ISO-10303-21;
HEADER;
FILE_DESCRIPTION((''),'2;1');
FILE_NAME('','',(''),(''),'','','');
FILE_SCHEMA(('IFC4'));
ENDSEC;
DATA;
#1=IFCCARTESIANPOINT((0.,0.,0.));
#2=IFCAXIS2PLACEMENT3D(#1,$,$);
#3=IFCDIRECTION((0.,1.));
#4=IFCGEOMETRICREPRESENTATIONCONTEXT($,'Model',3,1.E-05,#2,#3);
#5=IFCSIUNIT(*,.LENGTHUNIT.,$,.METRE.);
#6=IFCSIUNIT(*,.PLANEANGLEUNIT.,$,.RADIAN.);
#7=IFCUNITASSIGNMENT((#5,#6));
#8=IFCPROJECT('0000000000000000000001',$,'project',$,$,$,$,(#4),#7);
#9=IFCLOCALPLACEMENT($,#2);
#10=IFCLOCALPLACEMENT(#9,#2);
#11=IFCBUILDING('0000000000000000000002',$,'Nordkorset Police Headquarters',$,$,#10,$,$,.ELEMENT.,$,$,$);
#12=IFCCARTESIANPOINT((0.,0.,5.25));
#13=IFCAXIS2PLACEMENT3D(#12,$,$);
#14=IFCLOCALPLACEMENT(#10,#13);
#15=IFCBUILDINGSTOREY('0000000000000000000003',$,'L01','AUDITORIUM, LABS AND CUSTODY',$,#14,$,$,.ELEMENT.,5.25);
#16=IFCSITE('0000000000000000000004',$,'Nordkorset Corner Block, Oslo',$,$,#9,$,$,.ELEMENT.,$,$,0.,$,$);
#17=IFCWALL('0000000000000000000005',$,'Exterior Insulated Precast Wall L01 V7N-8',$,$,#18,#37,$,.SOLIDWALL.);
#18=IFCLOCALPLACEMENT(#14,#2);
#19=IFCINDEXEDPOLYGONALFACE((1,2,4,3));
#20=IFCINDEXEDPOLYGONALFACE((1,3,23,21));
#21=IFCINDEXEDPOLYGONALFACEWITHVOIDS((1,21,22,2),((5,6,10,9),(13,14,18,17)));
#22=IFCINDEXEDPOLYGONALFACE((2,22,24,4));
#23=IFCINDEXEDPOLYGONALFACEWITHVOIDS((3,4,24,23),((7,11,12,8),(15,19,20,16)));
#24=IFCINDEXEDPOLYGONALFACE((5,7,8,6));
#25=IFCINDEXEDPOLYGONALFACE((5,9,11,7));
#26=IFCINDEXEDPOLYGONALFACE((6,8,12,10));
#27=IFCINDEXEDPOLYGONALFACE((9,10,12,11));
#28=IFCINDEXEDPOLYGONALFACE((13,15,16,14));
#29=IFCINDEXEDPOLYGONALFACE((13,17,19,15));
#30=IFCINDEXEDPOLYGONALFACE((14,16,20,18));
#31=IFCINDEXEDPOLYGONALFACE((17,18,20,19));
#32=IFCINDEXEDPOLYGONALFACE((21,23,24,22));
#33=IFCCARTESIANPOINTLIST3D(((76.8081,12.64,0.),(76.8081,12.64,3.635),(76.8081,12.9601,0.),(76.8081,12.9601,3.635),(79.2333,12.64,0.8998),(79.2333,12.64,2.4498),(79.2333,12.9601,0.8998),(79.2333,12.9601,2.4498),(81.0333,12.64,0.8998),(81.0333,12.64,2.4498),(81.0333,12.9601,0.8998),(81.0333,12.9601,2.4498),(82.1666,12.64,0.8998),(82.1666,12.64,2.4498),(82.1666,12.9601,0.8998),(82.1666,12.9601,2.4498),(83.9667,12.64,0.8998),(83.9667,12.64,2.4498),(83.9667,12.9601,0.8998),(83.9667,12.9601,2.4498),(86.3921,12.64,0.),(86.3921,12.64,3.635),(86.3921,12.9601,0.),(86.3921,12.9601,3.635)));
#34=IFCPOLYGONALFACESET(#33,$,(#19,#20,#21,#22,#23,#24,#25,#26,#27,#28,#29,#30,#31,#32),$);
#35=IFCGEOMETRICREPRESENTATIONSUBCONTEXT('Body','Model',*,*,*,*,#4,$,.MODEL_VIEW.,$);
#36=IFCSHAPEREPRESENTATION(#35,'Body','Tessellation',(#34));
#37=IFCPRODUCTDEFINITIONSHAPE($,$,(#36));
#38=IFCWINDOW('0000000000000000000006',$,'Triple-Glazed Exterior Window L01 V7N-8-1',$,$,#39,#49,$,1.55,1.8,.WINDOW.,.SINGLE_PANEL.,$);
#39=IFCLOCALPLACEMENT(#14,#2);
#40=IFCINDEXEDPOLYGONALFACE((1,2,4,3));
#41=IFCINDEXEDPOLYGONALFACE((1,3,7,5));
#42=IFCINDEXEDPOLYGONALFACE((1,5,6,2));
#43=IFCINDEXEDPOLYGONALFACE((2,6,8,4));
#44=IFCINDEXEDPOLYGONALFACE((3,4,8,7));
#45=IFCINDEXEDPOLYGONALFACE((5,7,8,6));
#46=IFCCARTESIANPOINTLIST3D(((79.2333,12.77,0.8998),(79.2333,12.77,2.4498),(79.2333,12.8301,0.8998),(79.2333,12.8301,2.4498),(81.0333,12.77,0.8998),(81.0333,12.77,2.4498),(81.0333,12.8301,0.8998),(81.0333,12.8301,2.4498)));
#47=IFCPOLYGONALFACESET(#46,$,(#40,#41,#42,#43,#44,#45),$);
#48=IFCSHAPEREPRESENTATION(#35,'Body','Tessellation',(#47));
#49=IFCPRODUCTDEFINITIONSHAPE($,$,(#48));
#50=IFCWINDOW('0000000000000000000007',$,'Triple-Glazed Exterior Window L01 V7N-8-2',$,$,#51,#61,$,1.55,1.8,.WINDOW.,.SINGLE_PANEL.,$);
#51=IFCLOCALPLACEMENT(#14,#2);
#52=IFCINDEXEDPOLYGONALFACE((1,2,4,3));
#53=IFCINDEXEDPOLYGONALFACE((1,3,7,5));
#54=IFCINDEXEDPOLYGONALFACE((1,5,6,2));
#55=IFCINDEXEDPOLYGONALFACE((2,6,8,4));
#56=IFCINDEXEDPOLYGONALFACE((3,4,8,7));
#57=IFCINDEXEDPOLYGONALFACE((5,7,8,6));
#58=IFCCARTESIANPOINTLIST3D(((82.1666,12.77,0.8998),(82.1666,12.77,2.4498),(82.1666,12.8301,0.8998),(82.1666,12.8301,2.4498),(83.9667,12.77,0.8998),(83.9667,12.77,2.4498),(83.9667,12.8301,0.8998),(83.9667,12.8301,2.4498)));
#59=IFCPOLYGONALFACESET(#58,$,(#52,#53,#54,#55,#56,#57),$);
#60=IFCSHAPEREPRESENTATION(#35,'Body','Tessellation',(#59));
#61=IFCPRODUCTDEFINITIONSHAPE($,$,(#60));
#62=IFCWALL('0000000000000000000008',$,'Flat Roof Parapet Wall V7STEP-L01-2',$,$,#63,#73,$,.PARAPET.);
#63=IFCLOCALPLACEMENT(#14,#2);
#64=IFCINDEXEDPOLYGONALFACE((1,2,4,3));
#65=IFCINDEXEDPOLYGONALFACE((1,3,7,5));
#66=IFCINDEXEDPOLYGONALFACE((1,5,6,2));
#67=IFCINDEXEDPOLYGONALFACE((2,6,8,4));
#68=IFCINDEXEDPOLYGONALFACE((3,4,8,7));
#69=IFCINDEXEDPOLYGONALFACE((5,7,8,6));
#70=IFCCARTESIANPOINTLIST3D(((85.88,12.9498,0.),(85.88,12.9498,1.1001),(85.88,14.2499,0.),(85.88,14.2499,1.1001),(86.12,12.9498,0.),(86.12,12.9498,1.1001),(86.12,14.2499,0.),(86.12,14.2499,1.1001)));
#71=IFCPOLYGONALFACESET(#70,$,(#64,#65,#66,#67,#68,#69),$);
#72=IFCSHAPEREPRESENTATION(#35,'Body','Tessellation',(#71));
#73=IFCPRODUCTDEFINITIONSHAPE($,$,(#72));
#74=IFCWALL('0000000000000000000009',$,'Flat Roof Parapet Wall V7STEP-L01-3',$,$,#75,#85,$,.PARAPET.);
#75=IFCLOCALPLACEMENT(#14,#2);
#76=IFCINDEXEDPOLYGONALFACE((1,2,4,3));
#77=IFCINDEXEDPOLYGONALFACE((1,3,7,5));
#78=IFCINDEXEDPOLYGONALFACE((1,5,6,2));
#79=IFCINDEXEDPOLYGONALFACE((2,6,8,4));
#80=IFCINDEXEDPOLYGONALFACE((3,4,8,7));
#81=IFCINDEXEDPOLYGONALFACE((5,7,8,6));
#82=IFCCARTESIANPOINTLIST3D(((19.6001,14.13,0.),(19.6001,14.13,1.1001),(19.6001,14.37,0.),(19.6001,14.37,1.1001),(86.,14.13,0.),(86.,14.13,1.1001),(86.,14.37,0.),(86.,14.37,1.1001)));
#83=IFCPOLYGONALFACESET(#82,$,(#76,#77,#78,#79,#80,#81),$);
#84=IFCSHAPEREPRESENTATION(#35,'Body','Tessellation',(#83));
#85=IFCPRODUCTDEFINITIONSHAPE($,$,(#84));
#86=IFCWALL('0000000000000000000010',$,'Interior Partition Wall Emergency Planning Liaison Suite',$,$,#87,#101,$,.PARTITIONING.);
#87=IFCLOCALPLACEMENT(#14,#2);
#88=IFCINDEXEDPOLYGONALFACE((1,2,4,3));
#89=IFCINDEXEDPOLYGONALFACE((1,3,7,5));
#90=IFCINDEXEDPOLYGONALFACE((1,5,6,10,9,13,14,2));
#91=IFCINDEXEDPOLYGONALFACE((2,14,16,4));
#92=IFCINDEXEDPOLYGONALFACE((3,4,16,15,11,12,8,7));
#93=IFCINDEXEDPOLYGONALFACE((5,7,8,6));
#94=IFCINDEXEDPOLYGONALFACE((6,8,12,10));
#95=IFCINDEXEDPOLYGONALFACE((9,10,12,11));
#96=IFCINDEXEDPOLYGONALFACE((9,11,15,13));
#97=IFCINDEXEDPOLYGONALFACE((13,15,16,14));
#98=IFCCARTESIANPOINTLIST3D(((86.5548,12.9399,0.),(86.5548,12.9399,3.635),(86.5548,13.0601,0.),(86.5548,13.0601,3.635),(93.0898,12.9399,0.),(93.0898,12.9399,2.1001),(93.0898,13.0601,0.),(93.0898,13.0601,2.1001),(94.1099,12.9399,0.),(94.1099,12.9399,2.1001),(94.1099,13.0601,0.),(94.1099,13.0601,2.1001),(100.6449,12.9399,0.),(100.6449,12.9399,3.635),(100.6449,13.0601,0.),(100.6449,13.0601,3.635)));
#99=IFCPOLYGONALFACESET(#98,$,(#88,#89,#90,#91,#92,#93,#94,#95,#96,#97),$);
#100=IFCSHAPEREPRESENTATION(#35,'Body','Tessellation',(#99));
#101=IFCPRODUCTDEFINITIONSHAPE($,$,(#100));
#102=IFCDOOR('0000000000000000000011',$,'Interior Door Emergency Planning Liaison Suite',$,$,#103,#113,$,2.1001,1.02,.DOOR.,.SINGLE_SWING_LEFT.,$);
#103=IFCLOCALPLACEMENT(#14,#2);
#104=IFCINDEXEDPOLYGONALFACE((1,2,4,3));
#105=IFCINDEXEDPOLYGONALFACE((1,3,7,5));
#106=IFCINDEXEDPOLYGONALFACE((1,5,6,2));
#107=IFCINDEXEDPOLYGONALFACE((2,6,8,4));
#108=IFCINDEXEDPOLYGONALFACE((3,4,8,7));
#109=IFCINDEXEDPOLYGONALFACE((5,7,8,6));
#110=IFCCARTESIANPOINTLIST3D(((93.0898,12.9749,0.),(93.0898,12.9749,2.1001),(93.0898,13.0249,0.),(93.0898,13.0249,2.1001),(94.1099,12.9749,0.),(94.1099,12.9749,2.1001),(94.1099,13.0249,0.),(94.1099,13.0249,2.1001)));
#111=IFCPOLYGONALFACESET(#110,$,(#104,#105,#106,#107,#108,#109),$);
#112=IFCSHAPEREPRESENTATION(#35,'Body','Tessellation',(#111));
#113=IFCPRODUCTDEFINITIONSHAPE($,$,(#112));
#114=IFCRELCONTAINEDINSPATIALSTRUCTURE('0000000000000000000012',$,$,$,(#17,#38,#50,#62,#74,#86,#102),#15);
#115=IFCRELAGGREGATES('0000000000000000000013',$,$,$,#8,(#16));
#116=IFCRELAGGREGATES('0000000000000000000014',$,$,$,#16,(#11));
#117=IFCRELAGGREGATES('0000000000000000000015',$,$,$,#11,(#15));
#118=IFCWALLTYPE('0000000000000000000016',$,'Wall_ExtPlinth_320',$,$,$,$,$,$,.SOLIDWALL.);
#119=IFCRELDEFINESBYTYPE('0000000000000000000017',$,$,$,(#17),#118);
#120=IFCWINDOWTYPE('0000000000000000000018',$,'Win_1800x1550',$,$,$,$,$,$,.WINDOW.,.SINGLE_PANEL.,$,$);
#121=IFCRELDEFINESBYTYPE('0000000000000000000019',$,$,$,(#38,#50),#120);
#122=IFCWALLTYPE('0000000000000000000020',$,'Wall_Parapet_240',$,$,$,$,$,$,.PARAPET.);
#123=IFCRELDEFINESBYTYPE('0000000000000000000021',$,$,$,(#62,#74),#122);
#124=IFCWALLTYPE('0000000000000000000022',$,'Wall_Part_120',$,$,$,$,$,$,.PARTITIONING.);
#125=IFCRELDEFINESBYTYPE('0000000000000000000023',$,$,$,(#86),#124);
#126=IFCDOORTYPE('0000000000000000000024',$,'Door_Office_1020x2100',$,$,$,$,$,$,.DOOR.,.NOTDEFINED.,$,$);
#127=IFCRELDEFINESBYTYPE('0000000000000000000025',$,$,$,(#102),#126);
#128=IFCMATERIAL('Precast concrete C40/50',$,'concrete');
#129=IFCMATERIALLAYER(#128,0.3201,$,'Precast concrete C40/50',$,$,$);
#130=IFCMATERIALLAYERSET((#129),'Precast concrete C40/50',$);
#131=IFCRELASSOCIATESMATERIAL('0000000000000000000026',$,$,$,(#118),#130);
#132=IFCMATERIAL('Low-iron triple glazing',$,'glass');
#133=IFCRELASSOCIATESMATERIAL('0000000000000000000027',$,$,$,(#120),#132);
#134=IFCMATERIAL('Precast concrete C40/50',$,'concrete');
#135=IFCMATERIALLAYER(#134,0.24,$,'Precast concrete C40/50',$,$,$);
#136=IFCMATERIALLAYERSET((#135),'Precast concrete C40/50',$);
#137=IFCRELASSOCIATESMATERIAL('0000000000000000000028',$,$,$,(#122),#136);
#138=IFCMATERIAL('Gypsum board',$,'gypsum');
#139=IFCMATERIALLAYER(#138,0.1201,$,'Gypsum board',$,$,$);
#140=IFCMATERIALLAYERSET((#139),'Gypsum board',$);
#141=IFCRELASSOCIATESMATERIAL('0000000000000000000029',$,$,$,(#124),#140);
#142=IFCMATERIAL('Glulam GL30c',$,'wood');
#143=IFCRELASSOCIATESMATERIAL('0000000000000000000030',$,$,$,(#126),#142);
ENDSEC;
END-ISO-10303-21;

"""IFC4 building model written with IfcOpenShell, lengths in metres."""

from ifc_helpers import new_model, si_unit, direction, frame, frame_2d, origin, place, context, subcontext, project, spatial, rectangle, extrude, material, layer, layer_set, type_object, element, fill, save


model = new_model("IFC4")

# Units and contexts
model_context = context("Model", 3, precision=1e-05, world=origin(), true_north=direction((0.0, 1.0)))
body_context = subcontext(model_context, "Body", "Model", "MODEL_VIEW")
ifc_project = project(units=[si_unit("LENGTHUNIT", "METRE"), si_unit("PLANEANGLEUNIT", "RADIAN")], contexts=[model_context])

# Site, building, storey
site_placement = place(None, origin())
site = spatial("IfcSite", under=ifc_project, at=site_placement, Name="Nordkorset Corner Block, Oslo", CompositionType="ELEMENT", RefElevation=0.0)
building_placement = place(site_placement, origin())
building = spatial("IfcBuilding", under=site, at=building_placement, Name="Nordkorset Police Headquarters", CompositionType="ELEMENT")
storey_placement = place(building_placement, frame((0.0, 0.0, 5.25)))
storey = spatial("IfcBuildingStorey", under=building, at=storey_placement, Name="L01", Description="AUDITORIUM, LABS AND CUSTODY", CompositionType="ELEMENT", Elevation=5.25)

# Shared definitions
ifc_material_1 = material(Name="Precast concrete C40/50", Category="concrete")
ifc_layer_1 = layer(ifc_material_1, 0.3201, Name="Precast concrete C40/50")
ifc_layer_set_1 = layer_set([ifc_layer_1], Name="Precast concrete C40/50")
wall_type_1 = type_object("IfcWallType", Name="Wall_ExtPlinth_320", PredefinedType="SOLIDWALL", material=ifc_layer_set_1)

# Wall, openings, windows
wall_1_placement = place(storey_placement, frame((76.8081, 12.8, 0.0), z_axis=(0.0, 0.0, 1.0), x_axis=(1.0, 0.0, 0.0)))
wall_1 = element("IfcWall", 1, at=wall_1_placement, inside=storey, type_object=wall_type_1, Name="Exterior Insulated Precast Wall L01 V7N-8", PredefinedType="SOLIDWALL", context=body_context, shape_type="SweptSolid", body=[
    extrude(rectangle(XDim=9.584, YDim=0.3201, at=frame_2d((4.792, 0.0))), origin(), (0.0, 0.0, 1.0), 3.635),
])
opening_1_placement = place(wall_1_placement, frame((2.4253, 0.0, 0.8999)))
opening_1 = element("IfcOpeningElement", 2, at=opening_1_placement, cuts=wall_1, PredefinedType="OPENING", context=body_context, shape_type="SweptSolid", body=[
    extrude(rectangle(XDim=1.8, YDim=1.55, at=frame_2d((0.8999, 0.7749))), frame((0.0, 0.1699, 0.0), z_axis=(0.0, -1.0, 0.0), x_axis=(1.0, 0.0, 0.0)), (0.0, 0.0, 1.0), 0.3401),
])
opening_2_placement = place(wall_1_placement, frame((5.3586, 0.0, 0.8999)))
opening_2 = element("IfcOpeningElement", 3, at=opening_2_placement, cuts=wall_1, PredefinedType="OPENING", context=body_context, shape_type="SweptSolid", body=[
    extrude(rectangle(XDim=1.8, YDim=1.55, at=frame_2d((0.8999, 0.7749))), frame((0.0, 0.1699, 0.0), z_axis=(0.0, -1.0, 0.0), x_axis=(1.0, 0.0, 0.0)), (0.0, 0.0, 1.0), 0.3401),
])
ifc_material_2 = material(Name="Low-iron triple glazing", Category="glass")
window_type_1 = type_object("IfcWindowType", Name="Win_1800x1550", PartitioningType="SINGLE_PANEL", PredefinedType="WINDOW", material=ifc_material_2)
window_1_placement = place(opening_1_placement, origin())
window_1 = element("IfcWindow", 4, at=window_1_placement, inside=storey, type_object=window_type_1, Name="Triple-Glazed Exterior Window L01 V7N-8-1", OverallHeight=1.55, OverallWidth=1.8, PartitioningType="SINGLE_PANEL", PredefinedType="WINDOW", context=body_context, shape_type="SweptSolid", body=[
    extrude(rectangle(XDim=1.8, YDim=1.55, at=frame_2d((0.8999, 0.7749))), frame((0.0, 0.03, 0.0), z_axis=(0.0, -1.0, 0.0), x_axis=(1.0, 0.0, 0.0)), (0.0, 0.0, 1.0), 0.0601),
])
fill(opening_1, window_1)
window_2_placement = place(opening_2_placement, origin())
window_2 = element("IfcWindow", 5, at=window_2_placement, inside=storey, type_object=window_type_1, Name="Triple-Glazed Exterior Window L01 V7N-8-2", OverallHeight=1.55, OverallWidth=1.8, PartitioningType="SINGLE_PANEL", PredefinedType="WINDOW", context=body_context, shape_type="SweptSolid", body=[
    extrude(rectangle(XDim=1.8, YDim=1.55, at=frame_2d((0.8999, 0.7749))), frame((0.0, 0.03, 0.0), z_axis=(0.0, -1.0, 0.0), x_axis=(1.0, 0.0, 0.0)), (0.0, 0.0, 1.0), 0.0601),
])
fill(opening_2, window_2)

# Walls
ifc_material_3 = material(Name="Precast concrete C40/50", Category="concrete")
ifc_layer_2 = layer(ifc_material_3, 0.24, Name="Precast concrete C40/50")
ifc_layer_set_2 = layer_set([ifc_layer_2], Name="Precast concrete C40/50")
wall_type_2 = type_object("IfcWallType", Name="Wall_Parapet_240", PredefinedType="PARAPET", material=ifc_layer_set_2)
wall_2_placement = place(storey_placement, frame((86.0, 12.95, 0.0), z_axis=(0.0, 0.0, 1.0), x_axis=(0.0, 1.0, 0.0)))
element("IfcWall", 6, at=wall_2_placement, inside=storey, type_object=wall_type_2, Name="Flat Roof Parapet Wall V7STEP-L01-2", PredefinedType="PARAPET", context=body_context, shape_type="SweptSolid", body=[
    extrude(rectangle(XDim=1.3, YDim=0.24, at=frame_2d((0.6499, 0.0))), origin(), (0.0, 0.0, 1.0), 1.1001),
])
wall_3_placement = place(storey_placement, frame((86.0, 14.25, 0.0), z_axis=(0.0, 0.0, 1.0), x_axis=(-1.0, 0.0, 0.0)))
element("IfcWall", 7, at=wall_3_placement, inside=storey, type_object=wall_type_2, Name="Flat Roof Parapet Wall V7STEP-L01-3", PredefinedType="PARAPET", context=body_context, shape_type="SweptSolid", body=[
    extrude(rectangle(XDim=66.3999, YDim=0.24, at=frame_2d((33.2, 0.0))), origin(), (0.0, 0.0, 1.0), 1.1001),
])

# Wall, opening, door
ifc_material_4 = material(Name="Gypsum board", Category="gypsum")
ifc_layer_3 = layer(ifc_material_4, 0.1201, Name="Gypsum board")
ifc_layer_set_3 = layer_set([ifc_layer_3], Name="Gypsum board")
wall_type_3 = type_object("IfcWallType", Name="Wall_Part_120", PredefinedType="PARTITIONING", material=ifc_layer_set_3)
wall_4_placement = place(storey_placement, frame((86.5549, 13.0, 0.0), z_axis=(0.0, 0.0, 1.0), x_axis=(1.0, 0.0, 0.0)))
wall_4 = element("IfcWall", 8, at=wall_4_placement, inside=storey, type_object=wall_type_3, Name="Interior Partition Wall Emergency Planning Liaison Suite", PredefinedType="PARTITIONING", context=body_context, shape_type="SweptSolid", body=[
    extrude(rectangle(XDim=14.0901, YDim=0.1201, at=frame_2d((7.0449, 0.0))), origin(), (0.0, 0.0, 1.0), 3.635),
])
opening_3_placement = place(wall_4_placement, frame((6.5349, 0.0, 0.0)))
opening_3 = element("IfcOpeningElement", 9, at=opening_3_placement, cuts=wall_4, PredefinedType="OPENING", context=body_context, shape_type="SweptSolid", body=[
    extrude(rectangle(XDim=1.02, YDim=2.1001, at=frame_2d((0.51, 1.05))), frame((0.0, 0.0701, 0.0), z_axis=(0.0, -1.0, 0.0), x_axis=(1.0, 0.0, 0.0)), (0.0, 0.0, 1.0), 0.1401),
])
ifc_material_5 = material(Name="Glulam GL30c", Category="wood")
door_type = type_object("IfcDoorType", Name="Door_Office_1020x2100", OperationType="NOTDEFINED", PredefinedType="DOOR", material=ifc_material_5)
door_placement = place(opening_3_placement, origin())
door = element("IfcDoor", 10, at=door_placement, inside=storey, type_object=door_type, Name="Interior Door Emergency Planning Liaison Suite", OperationType="SINGLE_SWING_LEFT", OverallHeight=2.1001, OverallWidth=1.02, PredefinedType="DOOR", context=body_context, shape_type="SweptSolid", body=[
    extrude(rectangle(XDim=1.02, YDim=2.1001, at=frame_2d((0.51, 1.05))), frame((0.0, 0.0249, 0.0), z_axis=(0.0, -1.0, 0.0), x_axis=(1.0, 0.0, 0.0)), (0.0, 0.0, 1.0), 0.05),
])
fill(opening_3, door)

save(model, "model.ifc")
